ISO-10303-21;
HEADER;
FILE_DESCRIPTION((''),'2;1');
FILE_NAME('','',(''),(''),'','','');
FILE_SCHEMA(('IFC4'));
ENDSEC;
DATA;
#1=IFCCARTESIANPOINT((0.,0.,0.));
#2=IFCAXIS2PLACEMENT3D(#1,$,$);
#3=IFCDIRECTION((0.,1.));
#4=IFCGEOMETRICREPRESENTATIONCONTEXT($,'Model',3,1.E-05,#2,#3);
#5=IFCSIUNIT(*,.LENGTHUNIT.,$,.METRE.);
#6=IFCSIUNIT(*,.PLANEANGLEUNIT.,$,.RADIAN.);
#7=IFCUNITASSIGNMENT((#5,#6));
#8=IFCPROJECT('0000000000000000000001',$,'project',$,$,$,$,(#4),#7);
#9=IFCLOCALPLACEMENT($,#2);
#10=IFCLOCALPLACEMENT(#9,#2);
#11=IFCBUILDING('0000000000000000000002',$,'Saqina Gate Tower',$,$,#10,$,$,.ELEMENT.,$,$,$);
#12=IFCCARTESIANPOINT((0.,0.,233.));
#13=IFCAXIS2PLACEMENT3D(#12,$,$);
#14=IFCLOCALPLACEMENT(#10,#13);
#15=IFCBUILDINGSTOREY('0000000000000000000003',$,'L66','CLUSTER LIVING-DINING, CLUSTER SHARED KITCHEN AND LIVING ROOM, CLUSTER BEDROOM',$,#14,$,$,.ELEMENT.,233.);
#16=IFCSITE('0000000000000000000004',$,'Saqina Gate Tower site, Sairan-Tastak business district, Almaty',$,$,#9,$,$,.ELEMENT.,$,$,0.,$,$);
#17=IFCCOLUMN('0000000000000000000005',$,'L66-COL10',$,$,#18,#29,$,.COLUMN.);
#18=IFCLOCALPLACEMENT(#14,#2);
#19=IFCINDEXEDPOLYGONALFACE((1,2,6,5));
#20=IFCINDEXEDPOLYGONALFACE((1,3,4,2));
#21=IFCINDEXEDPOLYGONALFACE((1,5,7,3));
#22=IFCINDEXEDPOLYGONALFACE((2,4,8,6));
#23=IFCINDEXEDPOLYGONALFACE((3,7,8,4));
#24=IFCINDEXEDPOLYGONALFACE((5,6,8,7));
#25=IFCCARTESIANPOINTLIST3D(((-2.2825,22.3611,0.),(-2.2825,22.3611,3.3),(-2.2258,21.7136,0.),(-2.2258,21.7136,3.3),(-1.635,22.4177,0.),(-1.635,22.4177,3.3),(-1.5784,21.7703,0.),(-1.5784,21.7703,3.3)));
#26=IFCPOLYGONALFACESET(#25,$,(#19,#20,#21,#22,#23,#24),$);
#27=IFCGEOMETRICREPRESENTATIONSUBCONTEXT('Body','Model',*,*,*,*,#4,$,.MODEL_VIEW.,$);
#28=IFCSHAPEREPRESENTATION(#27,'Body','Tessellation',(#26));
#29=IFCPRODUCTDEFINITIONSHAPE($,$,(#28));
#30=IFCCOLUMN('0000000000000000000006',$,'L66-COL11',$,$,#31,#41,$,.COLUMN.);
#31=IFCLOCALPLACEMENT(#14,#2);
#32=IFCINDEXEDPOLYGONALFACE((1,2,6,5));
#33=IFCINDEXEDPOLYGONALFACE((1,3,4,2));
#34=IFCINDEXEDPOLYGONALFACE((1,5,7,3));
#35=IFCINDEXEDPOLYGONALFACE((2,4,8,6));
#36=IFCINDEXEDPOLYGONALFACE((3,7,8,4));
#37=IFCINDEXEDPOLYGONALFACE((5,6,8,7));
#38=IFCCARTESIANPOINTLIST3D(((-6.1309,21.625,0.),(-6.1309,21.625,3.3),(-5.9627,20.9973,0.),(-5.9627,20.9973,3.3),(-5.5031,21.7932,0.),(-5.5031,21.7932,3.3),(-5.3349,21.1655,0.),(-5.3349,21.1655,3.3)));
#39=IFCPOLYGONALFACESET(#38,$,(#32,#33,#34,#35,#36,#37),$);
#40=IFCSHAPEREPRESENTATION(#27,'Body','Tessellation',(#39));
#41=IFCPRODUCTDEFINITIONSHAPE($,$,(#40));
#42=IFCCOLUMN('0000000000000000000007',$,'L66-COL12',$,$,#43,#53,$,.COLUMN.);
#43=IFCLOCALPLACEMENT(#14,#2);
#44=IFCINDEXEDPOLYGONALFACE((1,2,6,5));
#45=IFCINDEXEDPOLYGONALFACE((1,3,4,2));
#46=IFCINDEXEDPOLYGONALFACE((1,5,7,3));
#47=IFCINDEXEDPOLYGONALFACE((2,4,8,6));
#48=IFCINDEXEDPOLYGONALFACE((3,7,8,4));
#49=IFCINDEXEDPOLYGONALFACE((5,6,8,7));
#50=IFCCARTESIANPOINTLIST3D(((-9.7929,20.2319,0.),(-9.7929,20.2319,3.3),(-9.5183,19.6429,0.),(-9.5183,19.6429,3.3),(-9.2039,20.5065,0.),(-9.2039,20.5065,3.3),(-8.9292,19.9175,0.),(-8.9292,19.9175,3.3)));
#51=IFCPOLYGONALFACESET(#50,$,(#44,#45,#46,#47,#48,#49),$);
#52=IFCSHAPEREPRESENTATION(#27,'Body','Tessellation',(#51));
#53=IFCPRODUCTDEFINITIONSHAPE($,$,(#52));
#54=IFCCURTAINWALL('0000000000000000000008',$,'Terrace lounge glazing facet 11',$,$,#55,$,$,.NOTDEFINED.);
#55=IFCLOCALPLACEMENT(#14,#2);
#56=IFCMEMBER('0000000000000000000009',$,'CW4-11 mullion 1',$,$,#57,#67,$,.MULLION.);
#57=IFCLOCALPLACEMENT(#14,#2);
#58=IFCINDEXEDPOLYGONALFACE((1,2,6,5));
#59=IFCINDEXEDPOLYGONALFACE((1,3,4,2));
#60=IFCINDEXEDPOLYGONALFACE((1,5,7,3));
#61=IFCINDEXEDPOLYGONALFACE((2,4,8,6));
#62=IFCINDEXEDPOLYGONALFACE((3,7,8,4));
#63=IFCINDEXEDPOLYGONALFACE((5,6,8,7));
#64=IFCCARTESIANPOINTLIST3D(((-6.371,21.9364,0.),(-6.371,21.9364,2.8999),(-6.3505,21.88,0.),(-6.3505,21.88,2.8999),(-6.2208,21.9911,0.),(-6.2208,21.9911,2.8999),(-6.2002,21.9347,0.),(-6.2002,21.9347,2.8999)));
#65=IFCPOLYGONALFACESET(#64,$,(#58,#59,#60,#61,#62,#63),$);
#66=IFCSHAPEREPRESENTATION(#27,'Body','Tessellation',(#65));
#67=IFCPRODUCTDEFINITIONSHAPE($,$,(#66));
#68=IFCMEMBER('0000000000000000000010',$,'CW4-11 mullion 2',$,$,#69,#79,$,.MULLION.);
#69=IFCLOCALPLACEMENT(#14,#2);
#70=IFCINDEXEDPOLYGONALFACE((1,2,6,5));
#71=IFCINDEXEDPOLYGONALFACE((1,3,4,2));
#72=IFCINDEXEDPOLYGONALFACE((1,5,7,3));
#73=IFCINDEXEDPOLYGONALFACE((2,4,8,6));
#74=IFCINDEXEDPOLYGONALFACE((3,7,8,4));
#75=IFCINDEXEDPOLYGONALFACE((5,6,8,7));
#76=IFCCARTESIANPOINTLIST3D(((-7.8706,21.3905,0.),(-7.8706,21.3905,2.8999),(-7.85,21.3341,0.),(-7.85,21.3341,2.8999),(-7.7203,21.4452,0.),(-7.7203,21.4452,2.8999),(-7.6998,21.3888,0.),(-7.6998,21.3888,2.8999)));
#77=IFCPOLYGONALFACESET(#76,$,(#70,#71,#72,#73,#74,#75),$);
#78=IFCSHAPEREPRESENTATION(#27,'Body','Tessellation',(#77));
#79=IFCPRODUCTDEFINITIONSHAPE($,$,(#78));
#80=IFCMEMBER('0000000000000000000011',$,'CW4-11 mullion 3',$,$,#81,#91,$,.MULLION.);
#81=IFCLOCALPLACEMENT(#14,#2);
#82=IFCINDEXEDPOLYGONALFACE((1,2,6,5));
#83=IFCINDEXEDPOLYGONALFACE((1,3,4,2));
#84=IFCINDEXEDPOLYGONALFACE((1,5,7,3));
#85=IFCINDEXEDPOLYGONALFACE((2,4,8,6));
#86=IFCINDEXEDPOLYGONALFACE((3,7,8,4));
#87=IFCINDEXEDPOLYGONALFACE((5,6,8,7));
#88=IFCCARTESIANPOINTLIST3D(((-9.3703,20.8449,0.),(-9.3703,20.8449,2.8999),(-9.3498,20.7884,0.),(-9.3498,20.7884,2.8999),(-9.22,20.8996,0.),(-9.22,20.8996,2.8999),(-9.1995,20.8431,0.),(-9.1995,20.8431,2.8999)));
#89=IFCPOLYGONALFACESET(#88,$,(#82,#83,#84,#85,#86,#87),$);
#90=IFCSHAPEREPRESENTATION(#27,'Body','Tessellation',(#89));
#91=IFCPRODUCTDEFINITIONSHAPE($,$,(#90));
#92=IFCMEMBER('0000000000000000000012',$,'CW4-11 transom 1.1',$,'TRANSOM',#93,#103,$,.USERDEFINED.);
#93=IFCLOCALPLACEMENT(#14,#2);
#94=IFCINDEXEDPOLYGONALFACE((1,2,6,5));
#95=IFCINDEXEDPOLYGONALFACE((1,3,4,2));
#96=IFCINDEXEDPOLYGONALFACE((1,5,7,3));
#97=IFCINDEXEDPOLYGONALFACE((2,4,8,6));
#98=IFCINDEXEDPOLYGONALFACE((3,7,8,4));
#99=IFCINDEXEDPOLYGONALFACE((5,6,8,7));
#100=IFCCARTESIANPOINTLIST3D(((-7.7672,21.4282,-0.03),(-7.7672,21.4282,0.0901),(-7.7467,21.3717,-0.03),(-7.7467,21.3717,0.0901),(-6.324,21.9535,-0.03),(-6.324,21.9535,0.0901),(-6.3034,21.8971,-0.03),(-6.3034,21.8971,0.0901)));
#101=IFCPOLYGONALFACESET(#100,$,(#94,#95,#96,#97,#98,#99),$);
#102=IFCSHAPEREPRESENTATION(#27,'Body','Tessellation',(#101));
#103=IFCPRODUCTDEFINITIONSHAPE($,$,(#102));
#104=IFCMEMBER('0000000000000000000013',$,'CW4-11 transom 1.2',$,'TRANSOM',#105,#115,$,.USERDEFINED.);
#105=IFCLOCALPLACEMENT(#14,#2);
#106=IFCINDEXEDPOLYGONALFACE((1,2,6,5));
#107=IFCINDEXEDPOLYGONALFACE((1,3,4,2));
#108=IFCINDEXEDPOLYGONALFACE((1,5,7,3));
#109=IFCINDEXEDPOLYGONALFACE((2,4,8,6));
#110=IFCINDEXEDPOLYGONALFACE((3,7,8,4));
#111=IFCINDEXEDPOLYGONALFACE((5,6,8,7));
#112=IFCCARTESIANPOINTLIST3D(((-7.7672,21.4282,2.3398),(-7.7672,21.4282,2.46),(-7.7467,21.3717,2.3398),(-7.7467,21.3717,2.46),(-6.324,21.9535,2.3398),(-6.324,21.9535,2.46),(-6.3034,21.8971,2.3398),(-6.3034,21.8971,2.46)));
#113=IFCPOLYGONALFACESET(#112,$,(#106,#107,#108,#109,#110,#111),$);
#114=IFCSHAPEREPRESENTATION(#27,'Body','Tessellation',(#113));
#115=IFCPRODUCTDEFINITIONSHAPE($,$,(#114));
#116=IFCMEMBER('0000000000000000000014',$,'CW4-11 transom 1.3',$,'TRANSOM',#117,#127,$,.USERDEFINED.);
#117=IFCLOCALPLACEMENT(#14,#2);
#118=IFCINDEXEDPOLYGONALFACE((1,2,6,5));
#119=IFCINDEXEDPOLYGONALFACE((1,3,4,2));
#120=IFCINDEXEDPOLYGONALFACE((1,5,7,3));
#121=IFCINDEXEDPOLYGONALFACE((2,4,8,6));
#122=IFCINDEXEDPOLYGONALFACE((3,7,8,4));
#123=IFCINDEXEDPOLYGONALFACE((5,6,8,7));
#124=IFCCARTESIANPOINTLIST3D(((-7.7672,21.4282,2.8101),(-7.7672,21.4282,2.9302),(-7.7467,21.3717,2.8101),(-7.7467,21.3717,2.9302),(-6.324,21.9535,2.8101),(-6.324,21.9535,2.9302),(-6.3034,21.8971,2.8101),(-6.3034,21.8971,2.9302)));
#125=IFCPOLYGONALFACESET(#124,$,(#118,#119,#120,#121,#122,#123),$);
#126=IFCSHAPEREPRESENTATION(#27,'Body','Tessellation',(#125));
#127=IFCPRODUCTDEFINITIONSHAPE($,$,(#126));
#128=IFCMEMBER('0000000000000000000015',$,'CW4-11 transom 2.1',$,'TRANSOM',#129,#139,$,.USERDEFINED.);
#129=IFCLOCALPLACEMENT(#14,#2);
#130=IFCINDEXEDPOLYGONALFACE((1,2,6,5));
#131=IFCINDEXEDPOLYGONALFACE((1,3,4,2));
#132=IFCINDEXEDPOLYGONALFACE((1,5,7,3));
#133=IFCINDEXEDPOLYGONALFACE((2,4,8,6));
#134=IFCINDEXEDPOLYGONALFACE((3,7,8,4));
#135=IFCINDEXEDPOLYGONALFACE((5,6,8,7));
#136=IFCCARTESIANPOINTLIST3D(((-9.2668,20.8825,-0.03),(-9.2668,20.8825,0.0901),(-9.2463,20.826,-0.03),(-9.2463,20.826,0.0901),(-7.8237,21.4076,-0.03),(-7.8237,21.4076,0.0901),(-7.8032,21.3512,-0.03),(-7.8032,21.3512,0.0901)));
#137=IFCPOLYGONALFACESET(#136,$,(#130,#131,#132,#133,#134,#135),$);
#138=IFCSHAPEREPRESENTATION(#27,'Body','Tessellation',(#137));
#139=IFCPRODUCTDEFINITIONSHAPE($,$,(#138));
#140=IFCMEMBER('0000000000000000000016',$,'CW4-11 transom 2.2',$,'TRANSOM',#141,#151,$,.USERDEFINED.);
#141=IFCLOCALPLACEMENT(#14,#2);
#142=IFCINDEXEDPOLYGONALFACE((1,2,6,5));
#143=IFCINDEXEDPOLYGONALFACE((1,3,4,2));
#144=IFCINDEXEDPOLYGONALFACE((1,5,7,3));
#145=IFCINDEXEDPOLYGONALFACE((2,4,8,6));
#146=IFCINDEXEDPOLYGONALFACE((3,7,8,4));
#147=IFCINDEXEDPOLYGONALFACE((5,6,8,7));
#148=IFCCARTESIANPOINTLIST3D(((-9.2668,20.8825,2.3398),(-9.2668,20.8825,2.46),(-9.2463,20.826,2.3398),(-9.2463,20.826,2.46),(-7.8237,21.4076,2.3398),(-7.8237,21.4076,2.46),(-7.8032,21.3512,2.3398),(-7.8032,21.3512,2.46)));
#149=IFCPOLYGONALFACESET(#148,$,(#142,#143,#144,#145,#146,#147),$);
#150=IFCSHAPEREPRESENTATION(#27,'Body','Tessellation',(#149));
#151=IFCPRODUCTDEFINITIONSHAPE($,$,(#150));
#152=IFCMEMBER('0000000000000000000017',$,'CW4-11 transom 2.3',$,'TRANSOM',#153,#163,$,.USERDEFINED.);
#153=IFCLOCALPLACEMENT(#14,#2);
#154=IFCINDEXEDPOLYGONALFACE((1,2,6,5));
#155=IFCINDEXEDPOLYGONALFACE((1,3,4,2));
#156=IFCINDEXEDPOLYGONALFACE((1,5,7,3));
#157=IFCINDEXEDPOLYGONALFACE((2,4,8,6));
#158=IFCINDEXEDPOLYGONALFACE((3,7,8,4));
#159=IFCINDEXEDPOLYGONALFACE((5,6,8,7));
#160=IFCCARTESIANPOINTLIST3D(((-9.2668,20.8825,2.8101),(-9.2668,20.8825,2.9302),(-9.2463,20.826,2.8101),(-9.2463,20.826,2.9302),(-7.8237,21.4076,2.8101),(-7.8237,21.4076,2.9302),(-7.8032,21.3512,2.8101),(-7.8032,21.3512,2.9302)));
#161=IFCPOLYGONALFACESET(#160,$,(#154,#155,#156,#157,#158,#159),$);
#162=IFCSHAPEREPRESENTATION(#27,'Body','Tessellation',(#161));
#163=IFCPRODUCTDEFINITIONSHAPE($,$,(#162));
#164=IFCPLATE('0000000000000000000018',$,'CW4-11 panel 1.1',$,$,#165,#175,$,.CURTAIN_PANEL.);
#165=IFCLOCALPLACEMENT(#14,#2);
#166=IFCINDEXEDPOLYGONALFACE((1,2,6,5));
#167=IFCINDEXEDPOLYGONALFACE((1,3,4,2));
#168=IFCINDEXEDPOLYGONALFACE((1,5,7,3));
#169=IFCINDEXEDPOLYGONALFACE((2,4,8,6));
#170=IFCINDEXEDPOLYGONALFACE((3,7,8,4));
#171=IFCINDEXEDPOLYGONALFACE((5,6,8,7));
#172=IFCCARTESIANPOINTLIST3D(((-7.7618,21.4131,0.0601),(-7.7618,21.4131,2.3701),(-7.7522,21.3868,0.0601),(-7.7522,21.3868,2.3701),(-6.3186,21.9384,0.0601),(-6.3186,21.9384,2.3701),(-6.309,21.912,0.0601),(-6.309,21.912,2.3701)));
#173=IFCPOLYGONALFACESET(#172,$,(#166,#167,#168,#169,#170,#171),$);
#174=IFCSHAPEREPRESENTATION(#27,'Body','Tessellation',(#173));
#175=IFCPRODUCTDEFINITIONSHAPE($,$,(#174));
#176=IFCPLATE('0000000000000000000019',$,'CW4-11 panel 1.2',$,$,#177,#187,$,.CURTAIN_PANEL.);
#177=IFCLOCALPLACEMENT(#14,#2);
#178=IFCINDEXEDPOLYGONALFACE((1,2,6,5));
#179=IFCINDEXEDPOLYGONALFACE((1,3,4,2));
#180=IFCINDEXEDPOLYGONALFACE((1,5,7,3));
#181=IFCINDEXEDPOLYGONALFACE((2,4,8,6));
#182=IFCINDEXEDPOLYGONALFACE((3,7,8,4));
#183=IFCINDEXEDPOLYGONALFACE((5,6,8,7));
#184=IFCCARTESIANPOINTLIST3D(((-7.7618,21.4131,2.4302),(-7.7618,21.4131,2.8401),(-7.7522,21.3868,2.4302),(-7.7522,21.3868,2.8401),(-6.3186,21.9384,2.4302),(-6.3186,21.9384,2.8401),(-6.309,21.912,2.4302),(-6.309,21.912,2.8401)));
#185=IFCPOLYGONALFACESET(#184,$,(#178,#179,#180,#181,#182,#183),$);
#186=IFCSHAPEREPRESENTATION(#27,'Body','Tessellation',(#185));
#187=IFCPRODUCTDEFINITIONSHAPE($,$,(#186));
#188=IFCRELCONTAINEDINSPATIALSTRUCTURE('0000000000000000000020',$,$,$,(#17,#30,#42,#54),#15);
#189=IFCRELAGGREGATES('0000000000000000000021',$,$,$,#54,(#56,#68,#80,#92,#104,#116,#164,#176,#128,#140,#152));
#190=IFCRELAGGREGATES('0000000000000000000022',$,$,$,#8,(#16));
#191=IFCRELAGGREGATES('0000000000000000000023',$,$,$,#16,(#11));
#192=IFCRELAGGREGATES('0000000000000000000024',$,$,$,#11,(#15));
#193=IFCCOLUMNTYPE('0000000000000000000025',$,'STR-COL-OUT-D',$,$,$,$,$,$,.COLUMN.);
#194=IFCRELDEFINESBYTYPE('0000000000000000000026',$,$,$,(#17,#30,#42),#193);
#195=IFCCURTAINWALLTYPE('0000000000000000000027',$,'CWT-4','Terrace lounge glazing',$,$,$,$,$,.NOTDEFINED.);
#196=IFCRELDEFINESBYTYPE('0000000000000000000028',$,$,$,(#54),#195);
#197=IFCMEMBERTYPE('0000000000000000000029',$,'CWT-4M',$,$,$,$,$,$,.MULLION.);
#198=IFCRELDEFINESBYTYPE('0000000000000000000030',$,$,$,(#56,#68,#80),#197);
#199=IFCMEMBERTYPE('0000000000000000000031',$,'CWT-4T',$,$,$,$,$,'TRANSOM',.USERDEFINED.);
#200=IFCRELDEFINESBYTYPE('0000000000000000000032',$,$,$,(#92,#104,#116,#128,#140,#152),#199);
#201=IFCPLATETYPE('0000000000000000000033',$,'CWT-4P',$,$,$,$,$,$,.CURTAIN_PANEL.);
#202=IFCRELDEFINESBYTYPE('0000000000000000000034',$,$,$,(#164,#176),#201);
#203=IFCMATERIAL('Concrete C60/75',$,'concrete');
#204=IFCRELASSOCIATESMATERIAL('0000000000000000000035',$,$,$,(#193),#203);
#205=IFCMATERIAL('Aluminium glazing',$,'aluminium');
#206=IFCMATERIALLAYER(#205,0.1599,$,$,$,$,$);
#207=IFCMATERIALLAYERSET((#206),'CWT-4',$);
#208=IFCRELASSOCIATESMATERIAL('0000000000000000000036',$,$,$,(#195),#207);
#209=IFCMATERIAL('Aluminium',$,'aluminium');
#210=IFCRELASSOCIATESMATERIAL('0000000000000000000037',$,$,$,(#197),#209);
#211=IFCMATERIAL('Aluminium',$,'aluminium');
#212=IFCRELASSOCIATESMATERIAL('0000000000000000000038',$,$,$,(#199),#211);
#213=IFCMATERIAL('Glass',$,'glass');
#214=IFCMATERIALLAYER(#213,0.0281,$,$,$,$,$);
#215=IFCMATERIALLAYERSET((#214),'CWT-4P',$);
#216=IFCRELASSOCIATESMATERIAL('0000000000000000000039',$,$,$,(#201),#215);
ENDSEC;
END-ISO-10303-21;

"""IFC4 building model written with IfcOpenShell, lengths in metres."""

from ifc_helpers import new_model, si_unit, direction, frame, origin, origin_2d, place, context, subcontext, project, spatial, rectangle, extrude, material, layer, layer_set, material_profile, profile_set, type_object, element, aggregate, save


model = new_model("IFC4")

# Units and contexts
model_context = context("Model", 3, precision=1e-05, world=origin(), true_north=direction((0.0, 1.0)))
body_context = subcontext(model_context, "Body", "Model", "MODEL_VIEW")
ifc_project = project(units=[si_unit("LENGTHUNIT", "METRE"), si_unit("PLANEANGLEUNIT", "RADIAN")], contexts=[model_context])

# Site, building, storey
site_placement = place(None, origin())
site = spatial("IfcSite", under=ifc_project, at=site_placement, Name="Saqina Gate Tower site, Sairan-Tastak business district, Almaty", CompositionType="ELEMENT", RefElevation=0.0)
building_placement = place(site_placement, origin())
building = spatial("IfcBuilding", under=site, at=building_placement, Name="Saqina Gate Tower", CompositionType="ELEMENT")
storey_placement = place(building_placement, frame((0.0, 0.0, 233.0)))
storey = spatial("IfcBuildingStorey", under=building, at=storey_placement, Name="L66", Description="CLUSTER LIVING-DINING, CLUSTER SHARED KITCHEN AND LIVING ROOM, CLUSTER BEDROOM", CompositionType="ELEMENT", Elevation=233.0)

# Columns
ifc_material_1 = material(Name="Concrete C60/75", Category="concrete")
ifc_material_profile_1 = material_profile(ifc_material_1, rectangle(XDim=0.6499, YDim=0.6499, at=origin_2d()), Name="RC 650x650")
ifc_profile_set_1 = profile_set([ifc_material_profile_1], Name="Concrete C60/75")
column_type = type_object("IfcColumnType", Name="STR-COL-OUT-D", PredefinedType="COLUMN", material=ifc_profile_set_1)
for number, where, z_axis, x_axis, name in (
    (1, (-1.9304, 22.0657, 0.0), (0.0, 0.0, 1.0), (-0.087156, 0.996195, 0.0), "L66-COL10"),
    (2, (-5.7329, 21.3953, 0.0), (0.0, 0.0, 1.0), (-0.258819, 0.965926, 0.0), "L66-COL11"),
    (3, (-9.3611, 20.0747, 0.0), (0.0, 0.0, 1.0), (-0.422618, 0.906308, 0.0), "L66-COL12"),
):
    element("IfcColumn", number, at=place(storey_placement, frame(where, z_axis=z_axis, x_axis=x_axis)), inside=storey, type_object=column_type, Name=name, PredefinedType="COLUMN", context=body_context, shape_type="SweptSolid", body=[
        extrude(rectangle(XDim=0.6499, YDim=0.6499, at=origin_2d()), origin(), (0.0, 0.0, 1.0), 3.3),
    ])

# Curtain wall, members, plates
ifc_material_2 = material(Name="Aluminium glazing", Category="aluminium")
ifc_layer_1 = layer(ifc_material_2, 0.1599)
ifc_layer_set_1 = layer_set([ifc_layer_1], Name="CWT-4")
curtain_wall_type = type_object("IfcCurtainWallType", Name="CWT-4", Description="Terrace lounge glazing", PredefinedType="NOTDEFINED", material=ifc_layer_set_1)
curtain_wall_placement = place(storey_placement, origin())
curtain_wall = element("IfcCurtainWall", 4, at=curtain_wall_placement, inside=storey, type_object=curtain_wall_type, Name="Terrace lounge glazing facet 11", PredefinedType="NOTDEFINED")
ifc_material_3 = material(Name="Aluminium", Category="aluminium")
ifc_material_profile_2 = material_profile(ifc_material_3, rectangle(XDim=0.0601, YDim=0.1599, at=origin_2d()), Name="Aluminium 60x160")
ifc_profile_set_2 = profile_set([ifc_material_profile_2], Name="Aluminium")
member_type_1 = type_object("IfcMemberType", Name="CWT-4M", PredefinedType="MULLION", material=ifc_profile_set_2)
member_1_placement = place(storey_placement, frame((-6.2856, 21.9355, 0.0), z_axis=(0.0, 0.0, 1.0), x_axis=(0.342007, -0.939697, 0.0)))
member_1 = element("IfcMember", 5, at=member_1_placement, type_object=member_type_1, Name="CW4-11 mullion 1", PredefinedType="MULLION", context=body_context, shape_type="SweptSolid", body=[
    extrude(rectangle(XDim=0.0601, YDim=0.1599, at=origin_2d()), origin(), (0.0, 0.0, 1.0), 2.8999),
])
member_2_placement = place(storey_placement, frame((-7.7852, 21.3896, 0.0), z_axis=(0.0, 0.0, 1.0), x_axis=(0.342007, -0.939697, 0.0)))
member_2 = element("IfcMember", 6, at=member_2_placement, type_object=member_type_1, Name="CW4-11 mullion 2", PredefinedType="MULLION", context=body_context, shape_type="SweptSolid", body=[
    extrude(rectangle(XDim=0.0601, YDim=0.1599, at=origin_2d()), origin(), (0.0, 0.0, 1.0), 2.8999),
])
member_3_placement = place(storey_placement, frame((-9.2849, 20.844, 0.0), z_axis=(0.0, 0.0, 1.0), x_axis=(0.342007, -0.939697, 0.0)))
member_3 = element("IfcMember", 7, at=member_3_placement, type_object=member_type_1, Name="CW4-11 mullion 3", PredefinedType="MULLION", context=body_context, shape_type="SweptSolid", body=[
    extrude(rectangle(XDim=0.0601, YDim=0.1599, at=origin_2d()), origin(), (0.0, 0.0, 1.0), 2.8999),
])
ifc_material_4 = material(Name="Aluminium", Category="aluminium")
ifc_material_profile_3 = material_profile(ifc_material_4, rectangle(XDim=0.0601, YDim=0.1201, at=origin_2d()), Name="Aluminium 60x120")
ifc_profile_set_3 = profile_set([ifc_material_profile_3], Name="Aluminium")
member_type_2 = type_object("IfcMemberType", Name="CWT-4T", ElementType="TRANSOM", PredefinedType="USERDEFINED", material=ifc_profile_set_3)
member_4_placement = place(storey_placement, frame((-6.3137, 21.9253, 0.03), z_axis=(-0.939682, -0.342049, 0.0), x_axis=(0.342049, -0.939682, 0.0)))
member_4 = element("IfcMember", 8, at=member_4_placement, type_object=member_type_2, Name="CW4-11 transom 1.1", ObjectType="TRANSOM", PredefinedType="USERDEFINED", context=body_context, shape_type="SweptSolid", body=[
    extrude(rectangle(XDim=0.0601, YDim=0.1201, at=origin_2d()), origin(), (0.0, 0.0, 1.0), 1.5359),
])
member_5_placement = place(storey_placement, frame((-6.3137, 21.9253, 2.3999), z_axis=(-0.939682, -0.342049, 0.0), x_axis=(0.342049, -0.939682, 0.0)))
member_5 = element("IfcMember", 9, at=member_5_placement, type_object=member_type_2, Name="CW4-11 transom 1.2", ObjectType="TRANSOM", PredefinedType="USERDEFINED", context=body_context, shape_type="SweptSolid", body=[
    extrude(rectangle(XDim=0.0601, YDim=0.1201, at=origin_2d()), origin(), (0.0, 0.0, 1.0), 1.5359),
])
member_6_placement = place(storey_placement, frame((-6.3137, 21.9253, 2.8701), z_axis=(-0.939682, -0.342049, 0.0), x_axis=(0.342049, -0.939682, 0.0)))
member_6 = element("IfcMember", 10, at=member_6_placement, type_object=member_type_2, Name="CW4-11 transom 1.3", ObjectType="TRANSOM", PredefinedType="USERDEFINED", context=body_context, shape_type="SweptSolid", body=[
    extrude(rectangle(XDim=0.0601, YDim=0.1201, at=origin_2d()), origin(), (0.0, 0.0, 1.0), 1.5359),
])
member_7_placement = place(storey_placement, frame((-7.8135, 21.3794, 0.03), z_axis=(-0.939714, -0.34196, 0.0), x_axis=(0.34196, -0.939714, 0.0)))
member_7 = element("IfcMember", 11, at=member_7_placement, type_object=member_type_2, Name="CW4-11 transom 2.1", ObjectType="TRANSOM", PredefinedType="USERDEFINED", context=body_context, shape_type="SweptSolid", body=[
    extrude(rectangle(XDim=0.0601, YDim=0.1201, at=origin_2d()), origin(), (0.0, 0.0, 1.0), 1.5356),
])
member_8_placement = place(storey_placement, frame((-7.8135, 21.3794, 2.3999), z_axis=(-0.939714, -0.34196, 0.0), x_axis=(0.34196, -0.939714, 0.0)))
member_8 = element("IfcMember", 12, at=member_8_placement, type_object=member_type_2, Name="CW4-11 transom 2.2", ObjectType="TRANSOM", PredefinedType="USERDEFINED", context=body_context, shape_type="SweptSolid", body=[
    extrude(rectangle(XDim=0.0601, YDim=0.1201, at=origin_2d()), origin(), (0.0, 0.0, 1.0), 1.5356),
])
member_9_placement = place(storey_placement, frame((-7.8135, 21.3794, 2.8701), z_axis=(-0.939714, -0.34196, 0.0), x_axis=(0.34196, -0.939714, 0.0)))
member_9 = element("IfcMember", 13, at=member_9_placement, type_object=member_type_2, Name="CW4-11 transom 2.3", ObjectType="TRANSOM", PredefinedType="USERDEFINED", context=body_context, shape_type="SweptSolid", body=[
    extrude(rectangle(XDim=0.0601, YDim=0.1201, at=origin_2d()), origin(), (0.0, 0.0, 1.0), 1.5356),
])
ifc_material_5 = material(Name="Glass", Category="glass")
ifc_layer_2 = layer(ifc_material_5, 0.0281)
ifc_layer_set_2 = layer_set([ifc_layer_2], Name="CWT-4P")
plate_type = type_object("IfcPlateType", Name="CWT-4P", PredefinedType="CURTAIN_PANEL", material=ifc_layer_set_2)
plate_1_placement = place(storey_placement, frame((-7.0354, 21.6626, 0.0601), z_axis=(0.0, 0.0, 1.0), x_axis=(-0.939697, -0.342007, 0.0)))
plate_1 = element("IfcPlate", 14, at=plate_1_placement, type_object=plate_type, Name="CW4-11 panel 1.1", PredefinedType="CURTAIN_PANEL", context=body_context, shape_type="SweptSolid", body=[
    extrude(rectangle(XDim=1.5359, YDim=0.0281, at=origin_2d()), origin(), (0.0, 0.0, 1.0), 2.3101),
])
plate_2_placement = place(storey_placement, frame((-7.0354, 21.6626, 2.4302), z_axis=(0.0, 0.0, 1.0), x_axis=(-0.939697, -0.342007, 0.0)))
plate_2 = element("IfcPlate", 15, at=plate_2_placement, type_object=plate_type, Name="CW4-11 panel 1.2", PredefinedType="CURTAIN_PANEL", context=body_context, shape_type="SweptSolid", body=[
    extrude(rectangle(XDim=1.5359, YDim=0.0281, at=origin_2d()), origin(), (0.0, 0.0, 1.0), 0.4099),
])
aggregate(curtain_wall, [member_1, member_2, member_3, member_4, member_5, member_6, plate_1, plate_2, member_7, member_8, member_9])

save(model, "model.ifc")
